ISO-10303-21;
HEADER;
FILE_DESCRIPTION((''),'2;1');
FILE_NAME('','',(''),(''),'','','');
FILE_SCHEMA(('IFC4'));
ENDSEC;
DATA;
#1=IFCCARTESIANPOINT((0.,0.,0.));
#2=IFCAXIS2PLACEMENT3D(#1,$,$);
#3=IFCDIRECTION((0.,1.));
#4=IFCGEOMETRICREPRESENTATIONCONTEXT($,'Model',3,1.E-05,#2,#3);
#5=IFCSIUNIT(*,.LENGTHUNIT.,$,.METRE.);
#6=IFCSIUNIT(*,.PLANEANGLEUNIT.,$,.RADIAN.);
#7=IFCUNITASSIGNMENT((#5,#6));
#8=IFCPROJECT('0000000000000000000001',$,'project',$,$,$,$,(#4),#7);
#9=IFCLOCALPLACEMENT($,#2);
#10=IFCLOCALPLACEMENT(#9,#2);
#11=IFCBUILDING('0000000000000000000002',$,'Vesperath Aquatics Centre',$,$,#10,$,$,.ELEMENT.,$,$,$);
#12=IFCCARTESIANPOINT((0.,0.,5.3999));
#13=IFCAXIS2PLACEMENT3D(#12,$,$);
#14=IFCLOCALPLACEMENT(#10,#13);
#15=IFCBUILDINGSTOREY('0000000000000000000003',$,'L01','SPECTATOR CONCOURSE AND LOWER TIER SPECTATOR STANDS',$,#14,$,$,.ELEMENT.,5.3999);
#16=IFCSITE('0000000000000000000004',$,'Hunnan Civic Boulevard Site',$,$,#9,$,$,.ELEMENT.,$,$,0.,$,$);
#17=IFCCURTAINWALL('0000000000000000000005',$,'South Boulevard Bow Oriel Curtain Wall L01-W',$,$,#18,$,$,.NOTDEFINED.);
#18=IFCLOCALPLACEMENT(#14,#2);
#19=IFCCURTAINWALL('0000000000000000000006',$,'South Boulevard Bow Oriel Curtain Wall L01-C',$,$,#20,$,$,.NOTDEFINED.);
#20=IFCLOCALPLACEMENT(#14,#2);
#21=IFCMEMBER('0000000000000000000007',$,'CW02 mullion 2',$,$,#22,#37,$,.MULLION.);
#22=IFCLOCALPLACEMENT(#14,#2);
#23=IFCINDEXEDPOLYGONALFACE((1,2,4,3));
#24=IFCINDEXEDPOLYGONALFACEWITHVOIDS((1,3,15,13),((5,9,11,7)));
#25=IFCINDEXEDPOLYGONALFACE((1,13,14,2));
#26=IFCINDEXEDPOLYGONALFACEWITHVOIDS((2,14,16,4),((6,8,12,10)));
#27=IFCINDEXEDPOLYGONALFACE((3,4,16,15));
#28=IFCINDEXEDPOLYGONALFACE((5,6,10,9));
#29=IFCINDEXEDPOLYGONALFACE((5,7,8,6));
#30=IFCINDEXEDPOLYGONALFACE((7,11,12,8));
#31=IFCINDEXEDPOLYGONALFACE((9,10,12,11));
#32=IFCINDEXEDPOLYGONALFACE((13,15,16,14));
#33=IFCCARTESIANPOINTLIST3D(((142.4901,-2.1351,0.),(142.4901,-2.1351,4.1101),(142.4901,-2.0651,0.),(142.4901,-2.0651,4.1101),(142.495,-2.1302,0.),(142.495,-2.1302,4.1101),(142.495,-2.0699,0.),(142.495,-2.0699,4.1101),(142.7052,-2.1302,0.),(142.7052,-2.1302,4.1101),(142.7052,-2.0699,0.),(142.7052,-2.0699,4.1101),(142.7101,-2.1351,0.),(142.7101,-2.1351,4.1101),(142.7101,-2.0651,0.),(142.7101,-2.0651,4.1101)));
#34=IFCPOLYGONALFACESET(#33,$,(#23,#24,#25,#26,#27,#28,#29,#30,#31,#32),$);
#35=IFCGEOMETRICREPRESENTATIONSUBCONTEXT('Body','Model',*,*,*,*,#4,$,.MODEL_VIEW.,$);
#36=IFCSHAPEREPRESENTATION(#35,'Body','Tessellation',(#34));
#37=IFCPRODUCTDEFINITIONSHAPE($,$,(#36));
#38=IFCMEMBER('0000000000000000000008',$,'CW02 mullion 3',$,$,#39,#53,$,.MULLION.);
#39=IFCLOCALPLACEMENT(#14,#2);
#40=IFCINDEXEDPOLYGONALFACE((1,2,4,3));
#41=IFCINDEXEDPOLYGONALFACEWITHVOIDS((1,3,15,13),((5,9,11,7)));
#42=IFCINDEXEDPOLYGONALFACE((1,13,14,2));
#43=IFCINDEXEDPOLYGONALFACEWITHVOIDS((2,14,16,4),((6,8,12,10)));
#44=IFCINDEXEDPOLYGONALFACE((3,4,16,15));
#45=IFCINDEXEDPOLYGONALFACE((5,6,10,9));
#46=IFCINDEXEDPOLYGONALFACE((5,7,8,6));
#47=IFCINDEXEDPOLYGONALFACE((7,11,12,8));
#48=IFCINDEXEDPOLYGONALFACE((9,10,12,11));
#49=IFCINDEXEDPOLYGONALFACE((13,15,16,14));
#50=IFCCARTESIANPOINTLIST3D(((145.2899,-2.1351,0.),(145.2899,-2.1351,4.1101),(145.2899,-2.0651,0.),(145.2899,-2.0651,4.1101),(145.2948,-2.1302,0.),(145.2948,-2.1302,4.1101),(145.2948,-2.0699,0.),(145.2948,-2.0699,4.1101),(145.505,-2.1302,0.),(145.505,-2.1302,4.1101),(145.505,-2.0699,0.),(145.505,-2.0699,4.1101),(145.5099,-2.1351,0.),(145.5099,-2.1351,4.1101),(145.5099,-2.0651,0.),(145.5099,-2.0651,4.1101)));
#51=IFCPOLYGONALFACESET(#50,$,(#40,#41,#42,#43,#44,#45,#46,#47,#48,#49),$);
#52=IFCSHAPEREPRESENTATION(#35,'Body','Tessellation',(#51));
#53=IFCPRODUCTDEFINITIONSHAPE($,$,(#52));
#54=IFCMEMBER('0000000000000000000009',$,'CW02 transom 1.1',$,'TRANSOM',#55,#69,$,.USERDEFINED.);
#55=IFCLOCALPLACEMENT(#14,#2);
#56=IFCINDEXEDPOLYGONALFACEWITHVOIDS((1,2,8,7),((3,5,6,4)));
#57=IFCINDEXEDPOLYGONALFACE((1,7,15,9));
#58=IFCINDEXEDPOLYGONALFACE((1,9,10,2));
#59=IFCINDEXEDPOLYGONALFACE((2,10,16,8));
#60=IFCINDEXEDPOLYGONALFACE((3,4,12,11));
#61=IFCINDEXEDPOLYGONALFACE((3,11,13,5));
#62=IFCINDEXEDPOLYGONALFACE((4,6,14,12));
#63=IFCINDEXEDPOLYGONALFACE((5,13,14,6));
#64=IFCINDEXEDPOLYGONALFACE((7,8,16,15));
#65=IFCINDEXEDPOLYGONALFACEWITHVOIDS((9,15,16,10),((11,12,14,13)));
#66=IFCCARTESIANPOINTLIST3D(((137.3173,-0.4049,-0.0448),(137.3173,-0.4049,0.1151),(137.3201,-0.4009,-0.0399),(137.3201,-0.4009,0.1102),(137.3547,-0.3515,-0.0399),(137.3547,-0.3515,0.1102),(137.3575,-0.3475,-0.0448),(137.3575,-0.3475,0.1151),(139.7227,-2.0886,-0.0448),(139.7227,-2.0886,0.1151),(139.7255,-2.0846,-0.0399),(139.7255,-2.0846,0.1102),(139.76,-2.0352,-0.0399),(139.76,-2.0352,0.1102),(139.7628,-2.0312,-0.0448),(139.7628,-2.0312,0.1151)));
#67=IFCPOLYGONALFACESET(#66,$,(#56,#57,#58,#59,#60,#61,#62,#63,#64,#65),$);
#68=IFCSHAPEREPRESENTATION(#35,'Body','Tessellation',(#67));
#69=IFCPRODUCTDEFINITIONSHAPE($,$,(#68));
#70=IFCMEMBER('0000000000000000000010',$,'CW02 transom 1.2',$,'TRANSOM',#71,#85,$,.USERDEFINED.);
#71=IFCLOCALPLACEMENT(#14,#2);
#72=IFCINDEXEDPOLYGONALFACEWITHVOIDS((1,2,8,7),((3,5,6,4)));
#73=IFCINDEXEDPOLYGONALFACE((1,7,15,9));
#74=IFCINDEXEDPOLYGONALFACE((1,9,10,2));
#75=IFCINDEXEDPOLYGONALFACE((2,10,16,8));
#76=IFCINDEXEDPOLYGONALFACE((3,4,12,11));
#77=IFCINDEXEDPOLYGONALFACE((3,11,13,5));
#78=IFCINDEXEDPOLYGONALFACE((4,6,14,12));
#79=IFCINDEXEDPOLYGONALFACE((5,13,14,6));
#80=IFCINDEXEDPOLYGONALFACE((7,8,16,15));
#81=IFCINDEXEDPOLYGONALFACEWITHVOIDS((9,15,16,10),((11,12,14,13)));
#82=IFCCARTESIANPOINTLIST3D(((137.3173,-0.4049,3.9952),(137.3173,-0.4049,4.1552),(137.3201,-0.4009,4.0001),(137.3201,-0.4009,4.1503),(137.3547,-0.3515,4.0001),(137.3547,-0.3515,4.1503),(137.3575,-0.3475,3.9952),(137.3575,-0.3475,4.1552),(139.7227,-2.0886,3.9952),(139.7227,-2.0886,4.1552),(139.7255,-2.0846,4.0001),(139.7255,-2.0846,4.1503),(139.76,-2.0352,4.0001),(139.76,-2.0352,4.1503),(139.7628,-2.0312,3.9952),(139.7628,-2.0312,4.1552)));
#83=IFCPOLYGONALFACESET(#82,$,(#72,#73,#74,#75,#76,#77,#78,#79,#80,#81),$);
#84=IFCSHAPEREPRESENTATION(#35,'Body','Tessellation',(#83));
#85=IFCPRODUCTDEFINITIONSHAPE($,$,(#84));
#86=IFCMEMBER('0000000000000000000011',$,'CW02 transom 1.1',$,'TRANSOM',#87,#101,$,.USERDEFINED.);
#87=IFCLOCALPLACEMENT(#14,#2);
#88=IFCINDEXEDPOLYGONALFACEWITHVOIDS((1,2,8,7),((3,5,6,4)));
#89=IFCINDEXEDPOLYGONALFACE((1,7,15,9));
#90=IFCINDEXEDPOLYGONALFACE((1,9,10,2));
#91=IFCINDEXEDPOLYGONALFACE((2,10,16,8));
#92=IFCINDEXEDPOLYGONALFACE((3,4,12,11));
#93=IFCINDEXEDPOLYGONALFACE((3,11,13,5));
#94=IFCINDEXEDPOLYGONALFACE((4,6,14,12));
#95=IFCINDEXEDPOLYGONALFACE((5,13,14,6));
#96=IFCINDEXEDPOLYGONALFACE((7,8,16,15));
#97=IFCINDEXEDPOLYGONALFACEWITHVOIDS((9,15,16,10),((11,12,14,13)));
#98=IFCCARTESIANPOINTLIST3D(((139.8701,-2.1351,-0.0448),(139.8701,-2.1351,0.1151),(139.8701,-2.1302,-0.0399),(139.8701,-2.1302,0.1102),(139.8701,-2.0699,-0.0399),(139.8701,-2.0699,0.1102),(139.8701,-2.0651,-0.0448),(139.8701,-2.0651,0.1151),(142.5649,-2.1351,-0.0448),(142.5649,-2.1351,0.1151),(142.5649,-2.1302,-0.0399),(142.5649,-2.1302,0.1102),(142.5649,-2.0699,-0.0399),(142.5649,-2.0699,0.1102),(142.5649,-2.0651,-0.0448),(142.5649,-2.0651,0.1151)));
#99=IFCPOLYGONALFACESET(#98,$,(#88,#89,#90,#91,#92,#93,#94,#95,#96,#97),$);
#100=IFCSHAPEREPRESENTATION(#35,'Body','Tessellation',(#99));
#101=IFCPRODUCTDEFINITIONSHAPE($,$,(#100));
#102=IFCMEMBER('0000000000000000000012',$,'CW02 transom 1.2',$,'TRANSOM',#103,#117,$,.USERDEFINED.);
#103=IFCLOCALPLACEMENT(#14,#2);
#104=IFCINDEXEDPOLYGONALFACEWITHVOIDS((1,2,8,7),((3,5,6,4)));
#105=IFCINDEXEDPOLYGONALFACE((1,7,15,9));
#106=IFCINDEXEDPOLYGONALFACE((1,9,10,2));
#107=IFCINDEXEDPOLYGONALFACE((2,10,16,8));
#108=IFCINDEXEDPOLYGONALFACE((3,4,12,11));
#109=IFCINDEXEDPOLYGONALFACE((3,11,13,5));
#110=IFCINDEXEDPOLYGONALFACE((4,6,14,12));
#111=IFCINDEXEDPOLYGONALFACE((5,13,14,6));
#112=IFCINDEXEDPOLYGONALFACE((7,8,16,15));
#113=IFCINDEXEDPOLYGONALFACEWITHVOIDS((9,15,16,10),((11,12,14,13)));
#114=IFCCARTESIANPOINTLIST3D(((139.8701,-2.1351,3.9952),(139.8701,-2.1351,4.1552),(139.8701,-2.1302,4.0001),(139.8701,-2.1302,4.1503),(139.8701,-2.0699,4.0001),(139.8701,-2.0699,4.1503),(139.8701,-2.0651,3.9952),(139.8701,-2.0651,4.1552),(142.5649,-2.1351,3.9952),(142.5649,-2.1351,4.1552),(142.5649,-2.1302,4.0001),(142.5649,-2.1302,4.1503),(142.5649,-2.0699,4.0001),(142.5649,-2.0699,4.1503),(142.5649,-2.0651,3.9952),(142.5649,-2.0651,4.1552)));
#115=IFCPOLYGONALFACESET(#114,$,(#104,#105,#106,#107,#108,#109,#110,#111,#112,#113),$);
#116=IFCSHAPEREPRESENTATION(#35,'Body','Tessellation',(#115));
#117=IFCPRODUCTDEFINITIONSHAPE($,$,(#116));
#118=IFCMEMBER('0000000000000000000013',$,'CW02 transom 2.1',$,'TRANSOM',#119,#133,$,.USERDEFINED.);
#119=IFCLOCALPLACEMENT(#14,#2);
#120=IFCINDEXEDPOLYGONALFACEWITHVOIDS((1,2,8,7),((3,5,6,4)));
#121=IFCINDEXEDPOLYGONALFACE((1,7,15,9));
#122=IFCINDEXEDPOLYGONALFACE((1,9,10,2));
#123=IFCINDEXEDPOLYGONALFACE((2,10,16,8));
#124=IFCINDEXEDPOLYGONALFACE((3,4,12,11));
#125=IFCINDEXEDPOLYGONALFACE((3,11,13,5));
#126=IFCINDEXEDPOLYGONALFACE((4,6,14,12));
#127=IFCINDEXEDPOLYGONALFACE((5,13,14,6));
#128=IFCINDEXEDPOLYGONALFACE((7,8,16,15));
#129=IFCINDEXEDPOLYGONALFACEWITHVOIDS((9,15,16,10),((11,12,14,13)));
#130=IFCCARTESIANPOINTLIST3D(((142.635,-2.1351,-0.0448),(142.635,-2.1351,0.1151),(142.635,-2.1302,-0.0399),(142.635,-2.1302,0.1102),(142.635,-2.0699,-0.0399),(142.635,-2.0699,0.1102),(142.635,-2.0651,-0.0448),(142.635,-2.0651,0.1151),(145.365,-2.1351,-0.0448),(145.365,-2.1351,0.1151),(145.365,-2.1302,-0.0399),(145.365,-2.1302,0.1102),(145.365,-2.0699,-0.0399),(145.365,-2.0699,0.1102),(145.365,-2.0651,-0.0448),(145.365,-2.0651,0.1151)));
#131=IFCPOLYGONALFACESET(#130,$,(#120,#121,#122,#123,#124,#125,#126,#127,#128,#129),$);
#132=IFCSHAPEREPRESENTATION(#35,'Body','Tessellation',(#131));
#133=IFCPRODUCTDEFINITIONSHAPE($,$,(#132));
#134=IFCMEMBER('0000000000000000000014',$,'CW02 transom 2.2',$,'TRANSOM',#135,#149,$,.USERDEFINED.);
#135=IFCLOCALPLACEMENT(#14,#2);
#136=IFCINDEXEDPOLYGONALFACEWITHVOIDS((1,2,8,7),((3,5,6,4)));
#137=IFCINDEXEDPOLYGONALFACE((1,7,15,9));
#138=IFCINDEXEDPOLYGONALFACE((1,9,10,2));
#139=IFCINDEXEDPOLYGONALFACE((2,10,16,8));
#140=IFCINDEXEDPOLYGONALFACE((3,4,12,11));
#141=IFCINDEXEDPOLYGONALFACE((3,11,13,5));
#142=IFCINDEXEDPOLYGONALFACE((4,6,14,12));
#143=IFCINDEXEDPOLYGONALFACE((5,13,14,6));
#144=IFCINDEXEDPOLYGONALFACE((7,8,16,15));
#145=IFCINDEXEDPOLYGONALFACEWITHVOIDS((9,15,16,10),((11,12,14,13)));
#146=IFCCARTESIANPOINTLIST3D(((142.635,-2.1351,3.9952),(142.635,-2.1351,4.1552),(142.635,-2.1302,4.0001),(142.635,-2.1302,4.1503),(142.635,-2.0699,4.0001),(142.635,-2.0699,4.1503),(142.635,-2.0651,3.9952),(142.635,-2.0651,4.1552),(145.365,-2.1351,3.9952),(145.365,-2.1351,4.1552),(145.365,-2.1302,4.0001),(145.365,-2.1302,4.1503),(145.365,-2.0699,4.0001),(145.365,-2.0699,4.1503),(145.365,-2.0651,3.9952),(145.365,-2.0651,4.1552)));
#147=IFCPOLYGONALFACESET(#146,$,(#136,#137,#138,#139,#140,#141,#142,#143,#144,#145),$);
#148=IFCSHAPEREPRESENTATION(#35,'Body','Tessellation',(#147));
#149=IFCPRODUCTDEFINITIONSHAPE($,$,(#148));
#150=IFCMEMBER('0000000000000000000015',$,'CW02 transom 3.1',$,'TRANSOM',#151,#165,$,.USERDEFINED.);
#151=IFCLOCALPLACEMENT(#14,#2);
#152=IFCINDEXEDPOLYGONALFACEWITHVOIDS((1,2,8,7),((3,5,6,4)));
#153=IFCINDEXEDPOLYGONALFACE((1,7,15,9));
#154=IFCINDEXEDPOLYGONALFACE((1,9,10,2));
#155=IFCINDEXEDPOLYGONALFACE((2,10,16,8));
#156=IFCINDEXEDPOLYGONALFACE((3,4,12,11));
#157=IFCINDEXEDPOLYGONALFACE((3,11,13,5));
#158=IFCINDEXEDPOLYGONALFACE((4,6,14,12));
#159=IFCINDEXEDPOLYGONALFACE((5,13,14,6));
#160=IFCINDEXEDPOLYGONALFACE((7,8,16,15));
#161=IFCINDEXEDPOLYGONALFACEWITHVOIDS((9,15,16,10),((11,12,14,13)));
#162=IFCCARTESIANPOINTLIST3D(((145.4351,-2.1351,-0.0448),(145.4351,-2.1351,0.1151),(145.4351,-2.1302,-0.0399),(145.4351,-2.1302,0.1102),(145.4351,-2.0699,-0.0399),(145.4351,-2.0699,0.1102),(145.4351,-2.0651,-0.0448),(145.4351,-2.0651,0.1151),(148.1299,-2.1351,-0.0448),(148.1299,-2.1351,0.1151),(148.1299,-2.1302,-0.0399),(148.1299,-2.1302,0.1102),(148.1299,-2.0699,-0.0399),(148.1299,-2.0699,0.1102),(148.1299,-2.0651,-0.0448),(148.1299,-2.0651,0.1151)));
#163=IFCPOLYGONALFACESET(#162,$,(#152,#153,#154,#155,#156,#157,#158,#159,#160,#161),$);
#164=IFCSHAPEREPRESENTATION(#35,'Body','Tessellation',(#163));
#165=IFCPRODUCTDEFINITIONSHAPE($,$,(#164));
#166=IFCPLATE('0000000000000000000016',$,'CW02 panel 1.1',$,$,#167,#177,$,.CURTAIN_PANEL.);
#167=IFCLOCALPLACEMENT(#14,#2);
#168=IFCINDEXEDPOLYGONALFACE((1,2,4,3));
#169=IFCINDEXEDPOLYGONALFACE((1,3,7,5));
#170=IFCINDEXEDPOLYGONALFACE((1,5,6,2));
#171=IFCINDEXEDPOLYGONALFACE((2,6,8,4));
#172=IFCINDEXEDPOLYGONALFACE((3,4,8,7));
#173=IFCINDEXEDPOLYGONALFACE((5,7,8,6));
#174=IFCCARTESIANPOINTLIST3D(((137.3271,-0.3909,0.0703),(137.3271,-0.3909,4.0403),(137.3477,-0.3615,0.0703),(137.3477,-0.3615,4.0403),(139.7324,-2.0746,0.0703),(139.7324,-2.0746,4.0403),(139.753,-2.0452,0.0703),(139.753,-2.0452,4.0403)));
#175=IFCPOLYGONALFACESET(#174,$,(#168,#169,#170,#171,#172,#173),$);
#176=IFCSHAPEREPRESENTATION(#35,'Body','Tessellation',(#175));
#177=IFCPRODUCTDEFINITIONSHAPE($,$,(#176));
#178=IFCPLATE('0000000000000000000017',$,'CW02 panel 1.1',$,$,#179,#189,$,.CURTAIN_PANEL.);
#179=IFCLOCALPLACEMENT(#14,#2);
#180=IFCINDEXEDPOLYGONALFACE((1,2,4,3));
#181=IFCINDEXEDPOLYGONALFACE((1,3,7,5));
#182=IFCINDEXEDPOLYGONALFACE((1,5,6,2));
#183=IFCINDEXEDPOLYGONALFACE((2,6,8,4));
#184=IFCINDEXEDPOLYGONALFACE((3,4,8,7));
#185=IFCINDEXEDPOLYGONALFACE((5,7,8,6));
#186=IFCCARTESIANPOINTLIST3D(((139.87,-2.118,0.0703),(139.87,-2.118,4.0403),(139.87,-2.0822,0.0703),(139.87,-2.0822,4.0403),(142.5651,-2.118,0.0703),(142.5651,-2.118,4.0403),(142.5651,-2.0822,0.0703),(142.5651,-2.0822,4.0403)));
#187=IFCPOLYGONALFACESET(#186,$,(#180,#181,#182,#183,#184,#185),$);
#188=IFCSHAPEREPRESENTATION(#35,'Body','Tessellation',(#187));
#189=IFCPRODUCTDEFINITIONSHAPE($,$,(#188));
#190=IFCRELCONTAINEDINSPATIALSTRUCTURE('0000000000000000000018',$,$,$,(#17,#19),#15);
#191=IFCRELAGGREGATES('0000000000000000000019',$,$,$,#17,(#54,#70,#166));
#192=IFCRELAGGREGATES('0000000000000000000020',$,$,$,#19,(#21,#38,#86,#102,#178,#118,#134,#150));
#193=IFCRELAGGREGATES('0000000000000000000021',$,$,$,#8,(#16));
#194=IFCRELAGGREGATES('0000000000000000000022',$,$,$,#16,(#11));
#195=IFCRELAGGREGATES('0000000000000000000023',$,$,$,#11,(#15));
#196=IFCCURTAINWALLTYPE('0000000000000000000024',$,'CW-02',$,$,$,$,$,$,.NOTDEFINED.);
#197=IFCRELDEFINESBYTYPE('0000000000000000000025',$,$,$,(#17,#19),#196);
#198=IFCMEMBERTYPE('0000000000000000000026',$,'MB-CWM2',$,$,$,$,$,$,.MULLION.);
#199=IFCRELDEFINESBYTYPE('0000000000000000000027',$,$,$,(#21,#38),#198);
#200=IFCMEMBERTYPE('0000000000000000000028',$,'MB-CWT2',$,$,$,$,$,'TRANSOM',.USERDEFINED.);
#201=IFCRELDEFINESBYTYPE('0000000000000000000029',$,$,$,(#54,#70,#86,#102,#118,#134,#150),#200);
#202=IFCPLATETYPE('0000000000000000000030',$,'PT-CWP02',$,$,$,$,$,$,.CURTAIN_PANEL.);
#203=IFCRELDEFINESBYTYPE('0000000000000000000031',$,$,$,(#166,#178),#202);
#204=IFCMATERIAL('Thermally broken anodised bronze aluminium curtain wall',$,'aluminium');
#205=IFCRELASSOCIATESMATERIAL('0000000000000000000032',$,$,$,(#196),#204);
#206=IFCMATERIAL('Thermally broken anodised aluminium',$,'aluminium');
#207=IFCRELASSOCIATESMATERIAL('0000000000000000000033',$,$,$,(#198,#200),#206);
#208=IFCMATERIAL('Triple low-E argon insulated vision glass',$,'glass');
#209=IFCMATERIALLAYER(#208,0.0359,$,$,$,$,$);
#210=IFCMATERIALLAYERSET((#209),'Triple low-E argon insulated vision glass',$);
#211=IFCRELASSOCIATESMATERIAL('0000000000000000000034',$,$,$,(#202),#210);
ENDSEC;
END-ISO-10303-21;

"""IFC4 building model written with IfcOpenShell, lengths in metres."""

from ifc_helpers import new_model, si_unit, direction, frame, origin, origin_2d, place, context, subcontext, project, spatial, rectangle, hollow_rectangle, extrude, material, layer, layer_set, material_profile, profile_set, type_object, element, aggregate, save


model = new_model("IFC4")

# Units and contexts
model_context = context("Model", 3, precision=1e-05, world=origin(), true_north=direction((0.0, 1.0)))
body_context = subcontext(model_context, "Body", "Model", "MODEL_VIEW")
ifc_project = project(units=[si_unit("LENGTHUNIT", "METRE"), si_unit("PLANEANGLEUNIT", "RADIAN")], contexts=[model_context])

# Site, building, storey
site_placement = place(None, origin())
site = spatial("IfcSite", under=ifc_project, at=site_placement, Name="Hunnan Civic Boulevard Site", CompositionType="ELEMENT", RefElevation=0.0)
building_placement = place(site_placement, origin())
building = spatial("IfcBuilding", under=site, at=building_placement, Name="Vesperath Aquatics Centre", CompositionType="ELEMENT")
storey_placement = place(building_placement, frame((0.0, 0.0, 5.3999)))
storey = spatial("IfcBuildingStorey", under=building, at=storey_placement, Name="L01", Description="SPECTATOR CONCOURSE AND LOWER TIER SPECTATOR STANDS", CompositionType="ELEMENT", Elevation=5.3999)

# Curtain walls, members
ifc_material_1 = material(Name="Thermally broken anodised bronze aluminium curtain wall", Category="aluminium")
curtain_wall_type = type_object("IfcCurtainWallType", Name="CW-02", PredefinedType="NOTDEFINED", material=ifc_material_1)
curtain_wall_1_placement = place(storey_placement, origin())
curtain_wall_1 = element("IfcCurtainWall", 1, at=curtain_wall_1_placement, inside=storey, type_object=curtain_wall_type, Name="South Boulevard Bow Oriel Curtain Wall L01-W", PredefinedType="NOTDEFINED")
ifc_material_2 = material(Name="Thermally broken anodised aluminium", Category="aluminium")
ifc_material_profile_1 = material_profile(ifc_material_2, hollow_rectangle(XDim=0.0701, YDim=0.22, WallThickness=0.0049, at=origin_2d()), Name="CWM 70x220x5")
ifc_profile_set_1 = profile_set([ifc_material_profile_1], Name="Thermally broken anodised aluminium")
member_type_1 = type_object("IfcMemberType", Name="MB-CWM2", PredefinedType="MULLION", material=ifc_profile_set_1)
curtain_wall_2_placement = place(storey_placement, origin())
curtain_wall_2 = element("IfcCurtainWall", 2, at=curtain_wall_2_placement, inside=storey, type_object=curtain_wall_type, Name="South Boulevard Bow Oriel Curtain Wall L01-C", PredefinedType="NOTDEFINED")
member_1_placement = place(storey_placement, frame((142.6001, -2.1001, 0.0), z_axis=(0.0, 0.0, 1.0), x_axis=(0.0, 1.0, 0.0)))
member_1 = element("IfcMember", 3, at=member_1_placement, type_object=member_type_1, Name="CW02 mullion 2", PredefinedType="MULLION", context=body_context, shape_type="SweptSolid", body=[
    extrude(hollow_rectangle(XDim=0.0701, YDim=0.22, WallThickness=0.0049, at=origin_2d()), origin(), (0.0, 0.0, 1.0), 4.1101),
])
member_2_placement = place(storey_placement, frame((145.3999, -2.1001, 0.0), z_axis=(0.0, 0.0, 1.0), x_axis=(0.0, 1.0, 0.0)))
member_2 = element("IfcMember", 4, at=member_2_placement, type_object=member_type_1, Name="CW02 mullion 3", PredefinedType="MULLION", context=body_context, shape_type="SweptSolid", body=[
    extrude(hollow_rectangle(XDim=0.0701, YDim=0.22, WallThickness=0.0049, at=origin_2d()), origin(), (0.0, 0.0, 1.0), 4.1101),
])

# Members
ifc_material_profile_2 = material_profile(ifc_material_2, hollow_rectangle(XDim=0.0701, YDim=0.1599, WallThickness=0.0049, at=origin_2d()), Name="CWT 70x160x5")
ifc_profile_set_2 = profile_set([ifc_material_profile_2], Name="Thermally broken anodised aluminium")
member_type_2 = type_object("IfcMemberType", Name="MB-CWT2", ElementType="TRANSOM", PredefinedType="USERDEFINED", material=ifc_profile_set_2)
member_3_placement = place(storey_placement, frame((137.3374, -0.3762, 0.0352), z_axis=(0.819248, -0.57344, 0.0), x_axis=(0.57344, 0.819248, 0.0)))
member_3 = element("IfcMember", 5, at=member_3_placement, type_object=member_type_2, Name="CW02 transom 1.1", ObjectType="TRANSOM", PredefinedType="USERDEFINED", context=body_context, shape_type="SweptSolid", body=[
    extrude(hollow_rectangle(XDim=0.0701, YDim=0.1599, WallThickness=0.0049, at=origin_2d()), origin(), (0.0, 0.0, 1.0), 2.936),
])
member_4_placement = place(storey_placement, frame((137.3374, -0.3762, 4.0752), z_axis=(0.819248, -0.57344, 0.0), x_axis=(0.57344, 0.819248, 0.0)))
member_4 = element("IfcMember", 6, at=member_4_placement, type_object=member_type_2, Name="CW02 transom 1.2", ObjectType="TRANSOM", PredefinedType="USERDEFINED", context=body_context, shape_type="SweptSolid", body=[
    extrude(hollow_rectangle(XDim=0.0701, YDim=0.1599, WallThickness=0.0049, at=origin_2d()), origin(), (0.0, 0.0, 1.0), 2.936),
])
member_5_placement = place(storey_placement, frame((139.8701, -2.1001, 0.0352), z_axis=(1.0, 0.0, 0.0), x_axis=(0.0, 1.0, 0.0)))
member_5 = element("IfcMember", 7, at=member_5_placement, type_object=member_type_2, Name="CW02 transom 1.1", ObjectType="TRANSOM", PredefinedType="USERDEFINED", context=body_context, shape_type="SweptSolid", body=[
    extrude(hollow_rectangle(XDim=0.0701, YDim=0.1599, WallThickness=0.0049, at=origin_2d()), origin(), (0.0, 0.0, 1.0), 2.6948),
])
member_6_placement = place(storey_placement, frame((139.8701, -2.1001, 4.0752), z_axis=(1.0, 0.0, 0.0), x_axis=(0.0, 1.0, 0.0)))
member_6 = element("IfcMember", 8, at=member_6_placement, type_object=member_type_2, Name="CW02 transom 1.2", ObjectType="TRANSOM", PredefinedType="USERDEFINED", context=body_context, shape_type="SweptSolid", body=[
    extrude(hollow_rectangle(XDim=0.0701, YDim=0.1599, WallThickness=0.0049, at=origin_2d()), origin(), (0.0, 0.0, 1.0), 2.6948),
])
member_7_placement = place(storey_placement, frame((142.635, -2.1001, 0.0352), z_axis=(1.0, 0.0, 0.0), x_axis=(0.0, 1.0, 0.0)))
member_7 = element("IfcMember", 9, at=member_7_placement, type_object=member_type_2, Name="CW02 transom 2.1", ObjectType="TRANSOM", PredefinedType="USERDEFINED", context=body_context, shape_type="SweptSolid", body=[
    extrude(hollow_rectangle(XDim=0.0701, YDim=0.1599, WallThickness=0.0049, at=origin_2d()), origin(), (0.0, 0.0, 1.0), 2.73),
])
member_8_placement = place(storey_placement, frame((142.635, -2.1001, 4.0752), z_axis=(1.0, 0.0, 0.0), x_axis=(0.0, 1.0, 0.0)))
member_8 = element("IfcMember", 10, at=member_8_placement, type_object=member_type_2, Name="CW02 transom 2.2", ObjectType="TRANSOM", PredefinedType="USERDEFINED", context=body_context, shape_type="SweptSolid", body=[
    extrude(hollow_rectangle(XDim=0.0701, YDim=0.1599, WallThickness=0.0049, at=origin_2d()), origin(), (0.0, 0.0, 1.0), 2.73),
])
member_9_placement = place(storey_placement, frame((145.4351, -2.1001, 0.0352), z_axis=(1.0, 0.0, 0.0), x_axis=(0.0, 1.0, 0.0)))
member_9 = element("IfcMember", 11, at=member_9_placement, type_object=member_type_2, Name="CW02 transom 3.1", ObjectType="TRANSOM", PredefinedType="USERDEFINED", context=body_context, shape_type="SweptSolid", body=[
    extrude(hollow_rectangle(XDim=0.0701, YDim=0.1599, WallThickness=0.0049, at=origin_2d()), origin(), (0.0, 0.0, 1.0), 2.6948),
])

# Plates
ifc_material_3 = material(Name="Triple low-E argon insulated vision glass", Category="glass")
ifc_layer_1 = layer(ifc_material_3, 0.0359)
ifc_layer_set_1 = layer_set([ifc_layer_1], Name="Triple low-E argon insulated vision glass")
plate_type = type_object("IfcPlateType", Name="PT-CWP02", PredefinedType="CURTAIN_PANEL", material=ifc_layer_set_1)
plate_1_placement = place(storey_placement, frame((138.54, -1.218, 0.0703), z_axis=(0.0, 0.0, 1.0), x_axis=(0.819232, -0.573462, 0.0)))
plate_1 = element("IfcPlate", 12, at=plate_1_placement, type_object=plate_type, Name="CW02 panel 1.1", PredefinedType="CURTAIN_PANEL", context=body_context, shape_type="SweptSolid", body=[
    extrude(rectangle(XDim=2.936, YDim=0.0359, at=origin_2d()), origin(), (0.0, 0.0, 1.0), 3.97),
])
aggregate(curtain_wall_1, [member_3, member_4, plate_1])
plate_2_placement = place(storey_placement, frame((141.2175, -2.1001, 0.0703), z_axis=(0.0, 0.0, 1.0), x_axis=(1.0, 0.0, 0.0)))
plate_2 = element("IfcPlate", 13, at=plate_2_placement, type_object=plate_type, Name="CW02 panel 1.1", PredefinedType="CURTAIN_PANEL", context=body_context, shape_type="SweptSolid", body=[
    extrude(rectangle(XDim=2.6951, YDim=0.0359, at=origin_2d()), origin(), (0.0, 0.0, 1.0), 3.97),
])
aggregate(curtain_wall_2, [member_1, member_2, member_5, member_6, plate_2, member_7, member_8, member_9])

save(model, "model.ifc")
